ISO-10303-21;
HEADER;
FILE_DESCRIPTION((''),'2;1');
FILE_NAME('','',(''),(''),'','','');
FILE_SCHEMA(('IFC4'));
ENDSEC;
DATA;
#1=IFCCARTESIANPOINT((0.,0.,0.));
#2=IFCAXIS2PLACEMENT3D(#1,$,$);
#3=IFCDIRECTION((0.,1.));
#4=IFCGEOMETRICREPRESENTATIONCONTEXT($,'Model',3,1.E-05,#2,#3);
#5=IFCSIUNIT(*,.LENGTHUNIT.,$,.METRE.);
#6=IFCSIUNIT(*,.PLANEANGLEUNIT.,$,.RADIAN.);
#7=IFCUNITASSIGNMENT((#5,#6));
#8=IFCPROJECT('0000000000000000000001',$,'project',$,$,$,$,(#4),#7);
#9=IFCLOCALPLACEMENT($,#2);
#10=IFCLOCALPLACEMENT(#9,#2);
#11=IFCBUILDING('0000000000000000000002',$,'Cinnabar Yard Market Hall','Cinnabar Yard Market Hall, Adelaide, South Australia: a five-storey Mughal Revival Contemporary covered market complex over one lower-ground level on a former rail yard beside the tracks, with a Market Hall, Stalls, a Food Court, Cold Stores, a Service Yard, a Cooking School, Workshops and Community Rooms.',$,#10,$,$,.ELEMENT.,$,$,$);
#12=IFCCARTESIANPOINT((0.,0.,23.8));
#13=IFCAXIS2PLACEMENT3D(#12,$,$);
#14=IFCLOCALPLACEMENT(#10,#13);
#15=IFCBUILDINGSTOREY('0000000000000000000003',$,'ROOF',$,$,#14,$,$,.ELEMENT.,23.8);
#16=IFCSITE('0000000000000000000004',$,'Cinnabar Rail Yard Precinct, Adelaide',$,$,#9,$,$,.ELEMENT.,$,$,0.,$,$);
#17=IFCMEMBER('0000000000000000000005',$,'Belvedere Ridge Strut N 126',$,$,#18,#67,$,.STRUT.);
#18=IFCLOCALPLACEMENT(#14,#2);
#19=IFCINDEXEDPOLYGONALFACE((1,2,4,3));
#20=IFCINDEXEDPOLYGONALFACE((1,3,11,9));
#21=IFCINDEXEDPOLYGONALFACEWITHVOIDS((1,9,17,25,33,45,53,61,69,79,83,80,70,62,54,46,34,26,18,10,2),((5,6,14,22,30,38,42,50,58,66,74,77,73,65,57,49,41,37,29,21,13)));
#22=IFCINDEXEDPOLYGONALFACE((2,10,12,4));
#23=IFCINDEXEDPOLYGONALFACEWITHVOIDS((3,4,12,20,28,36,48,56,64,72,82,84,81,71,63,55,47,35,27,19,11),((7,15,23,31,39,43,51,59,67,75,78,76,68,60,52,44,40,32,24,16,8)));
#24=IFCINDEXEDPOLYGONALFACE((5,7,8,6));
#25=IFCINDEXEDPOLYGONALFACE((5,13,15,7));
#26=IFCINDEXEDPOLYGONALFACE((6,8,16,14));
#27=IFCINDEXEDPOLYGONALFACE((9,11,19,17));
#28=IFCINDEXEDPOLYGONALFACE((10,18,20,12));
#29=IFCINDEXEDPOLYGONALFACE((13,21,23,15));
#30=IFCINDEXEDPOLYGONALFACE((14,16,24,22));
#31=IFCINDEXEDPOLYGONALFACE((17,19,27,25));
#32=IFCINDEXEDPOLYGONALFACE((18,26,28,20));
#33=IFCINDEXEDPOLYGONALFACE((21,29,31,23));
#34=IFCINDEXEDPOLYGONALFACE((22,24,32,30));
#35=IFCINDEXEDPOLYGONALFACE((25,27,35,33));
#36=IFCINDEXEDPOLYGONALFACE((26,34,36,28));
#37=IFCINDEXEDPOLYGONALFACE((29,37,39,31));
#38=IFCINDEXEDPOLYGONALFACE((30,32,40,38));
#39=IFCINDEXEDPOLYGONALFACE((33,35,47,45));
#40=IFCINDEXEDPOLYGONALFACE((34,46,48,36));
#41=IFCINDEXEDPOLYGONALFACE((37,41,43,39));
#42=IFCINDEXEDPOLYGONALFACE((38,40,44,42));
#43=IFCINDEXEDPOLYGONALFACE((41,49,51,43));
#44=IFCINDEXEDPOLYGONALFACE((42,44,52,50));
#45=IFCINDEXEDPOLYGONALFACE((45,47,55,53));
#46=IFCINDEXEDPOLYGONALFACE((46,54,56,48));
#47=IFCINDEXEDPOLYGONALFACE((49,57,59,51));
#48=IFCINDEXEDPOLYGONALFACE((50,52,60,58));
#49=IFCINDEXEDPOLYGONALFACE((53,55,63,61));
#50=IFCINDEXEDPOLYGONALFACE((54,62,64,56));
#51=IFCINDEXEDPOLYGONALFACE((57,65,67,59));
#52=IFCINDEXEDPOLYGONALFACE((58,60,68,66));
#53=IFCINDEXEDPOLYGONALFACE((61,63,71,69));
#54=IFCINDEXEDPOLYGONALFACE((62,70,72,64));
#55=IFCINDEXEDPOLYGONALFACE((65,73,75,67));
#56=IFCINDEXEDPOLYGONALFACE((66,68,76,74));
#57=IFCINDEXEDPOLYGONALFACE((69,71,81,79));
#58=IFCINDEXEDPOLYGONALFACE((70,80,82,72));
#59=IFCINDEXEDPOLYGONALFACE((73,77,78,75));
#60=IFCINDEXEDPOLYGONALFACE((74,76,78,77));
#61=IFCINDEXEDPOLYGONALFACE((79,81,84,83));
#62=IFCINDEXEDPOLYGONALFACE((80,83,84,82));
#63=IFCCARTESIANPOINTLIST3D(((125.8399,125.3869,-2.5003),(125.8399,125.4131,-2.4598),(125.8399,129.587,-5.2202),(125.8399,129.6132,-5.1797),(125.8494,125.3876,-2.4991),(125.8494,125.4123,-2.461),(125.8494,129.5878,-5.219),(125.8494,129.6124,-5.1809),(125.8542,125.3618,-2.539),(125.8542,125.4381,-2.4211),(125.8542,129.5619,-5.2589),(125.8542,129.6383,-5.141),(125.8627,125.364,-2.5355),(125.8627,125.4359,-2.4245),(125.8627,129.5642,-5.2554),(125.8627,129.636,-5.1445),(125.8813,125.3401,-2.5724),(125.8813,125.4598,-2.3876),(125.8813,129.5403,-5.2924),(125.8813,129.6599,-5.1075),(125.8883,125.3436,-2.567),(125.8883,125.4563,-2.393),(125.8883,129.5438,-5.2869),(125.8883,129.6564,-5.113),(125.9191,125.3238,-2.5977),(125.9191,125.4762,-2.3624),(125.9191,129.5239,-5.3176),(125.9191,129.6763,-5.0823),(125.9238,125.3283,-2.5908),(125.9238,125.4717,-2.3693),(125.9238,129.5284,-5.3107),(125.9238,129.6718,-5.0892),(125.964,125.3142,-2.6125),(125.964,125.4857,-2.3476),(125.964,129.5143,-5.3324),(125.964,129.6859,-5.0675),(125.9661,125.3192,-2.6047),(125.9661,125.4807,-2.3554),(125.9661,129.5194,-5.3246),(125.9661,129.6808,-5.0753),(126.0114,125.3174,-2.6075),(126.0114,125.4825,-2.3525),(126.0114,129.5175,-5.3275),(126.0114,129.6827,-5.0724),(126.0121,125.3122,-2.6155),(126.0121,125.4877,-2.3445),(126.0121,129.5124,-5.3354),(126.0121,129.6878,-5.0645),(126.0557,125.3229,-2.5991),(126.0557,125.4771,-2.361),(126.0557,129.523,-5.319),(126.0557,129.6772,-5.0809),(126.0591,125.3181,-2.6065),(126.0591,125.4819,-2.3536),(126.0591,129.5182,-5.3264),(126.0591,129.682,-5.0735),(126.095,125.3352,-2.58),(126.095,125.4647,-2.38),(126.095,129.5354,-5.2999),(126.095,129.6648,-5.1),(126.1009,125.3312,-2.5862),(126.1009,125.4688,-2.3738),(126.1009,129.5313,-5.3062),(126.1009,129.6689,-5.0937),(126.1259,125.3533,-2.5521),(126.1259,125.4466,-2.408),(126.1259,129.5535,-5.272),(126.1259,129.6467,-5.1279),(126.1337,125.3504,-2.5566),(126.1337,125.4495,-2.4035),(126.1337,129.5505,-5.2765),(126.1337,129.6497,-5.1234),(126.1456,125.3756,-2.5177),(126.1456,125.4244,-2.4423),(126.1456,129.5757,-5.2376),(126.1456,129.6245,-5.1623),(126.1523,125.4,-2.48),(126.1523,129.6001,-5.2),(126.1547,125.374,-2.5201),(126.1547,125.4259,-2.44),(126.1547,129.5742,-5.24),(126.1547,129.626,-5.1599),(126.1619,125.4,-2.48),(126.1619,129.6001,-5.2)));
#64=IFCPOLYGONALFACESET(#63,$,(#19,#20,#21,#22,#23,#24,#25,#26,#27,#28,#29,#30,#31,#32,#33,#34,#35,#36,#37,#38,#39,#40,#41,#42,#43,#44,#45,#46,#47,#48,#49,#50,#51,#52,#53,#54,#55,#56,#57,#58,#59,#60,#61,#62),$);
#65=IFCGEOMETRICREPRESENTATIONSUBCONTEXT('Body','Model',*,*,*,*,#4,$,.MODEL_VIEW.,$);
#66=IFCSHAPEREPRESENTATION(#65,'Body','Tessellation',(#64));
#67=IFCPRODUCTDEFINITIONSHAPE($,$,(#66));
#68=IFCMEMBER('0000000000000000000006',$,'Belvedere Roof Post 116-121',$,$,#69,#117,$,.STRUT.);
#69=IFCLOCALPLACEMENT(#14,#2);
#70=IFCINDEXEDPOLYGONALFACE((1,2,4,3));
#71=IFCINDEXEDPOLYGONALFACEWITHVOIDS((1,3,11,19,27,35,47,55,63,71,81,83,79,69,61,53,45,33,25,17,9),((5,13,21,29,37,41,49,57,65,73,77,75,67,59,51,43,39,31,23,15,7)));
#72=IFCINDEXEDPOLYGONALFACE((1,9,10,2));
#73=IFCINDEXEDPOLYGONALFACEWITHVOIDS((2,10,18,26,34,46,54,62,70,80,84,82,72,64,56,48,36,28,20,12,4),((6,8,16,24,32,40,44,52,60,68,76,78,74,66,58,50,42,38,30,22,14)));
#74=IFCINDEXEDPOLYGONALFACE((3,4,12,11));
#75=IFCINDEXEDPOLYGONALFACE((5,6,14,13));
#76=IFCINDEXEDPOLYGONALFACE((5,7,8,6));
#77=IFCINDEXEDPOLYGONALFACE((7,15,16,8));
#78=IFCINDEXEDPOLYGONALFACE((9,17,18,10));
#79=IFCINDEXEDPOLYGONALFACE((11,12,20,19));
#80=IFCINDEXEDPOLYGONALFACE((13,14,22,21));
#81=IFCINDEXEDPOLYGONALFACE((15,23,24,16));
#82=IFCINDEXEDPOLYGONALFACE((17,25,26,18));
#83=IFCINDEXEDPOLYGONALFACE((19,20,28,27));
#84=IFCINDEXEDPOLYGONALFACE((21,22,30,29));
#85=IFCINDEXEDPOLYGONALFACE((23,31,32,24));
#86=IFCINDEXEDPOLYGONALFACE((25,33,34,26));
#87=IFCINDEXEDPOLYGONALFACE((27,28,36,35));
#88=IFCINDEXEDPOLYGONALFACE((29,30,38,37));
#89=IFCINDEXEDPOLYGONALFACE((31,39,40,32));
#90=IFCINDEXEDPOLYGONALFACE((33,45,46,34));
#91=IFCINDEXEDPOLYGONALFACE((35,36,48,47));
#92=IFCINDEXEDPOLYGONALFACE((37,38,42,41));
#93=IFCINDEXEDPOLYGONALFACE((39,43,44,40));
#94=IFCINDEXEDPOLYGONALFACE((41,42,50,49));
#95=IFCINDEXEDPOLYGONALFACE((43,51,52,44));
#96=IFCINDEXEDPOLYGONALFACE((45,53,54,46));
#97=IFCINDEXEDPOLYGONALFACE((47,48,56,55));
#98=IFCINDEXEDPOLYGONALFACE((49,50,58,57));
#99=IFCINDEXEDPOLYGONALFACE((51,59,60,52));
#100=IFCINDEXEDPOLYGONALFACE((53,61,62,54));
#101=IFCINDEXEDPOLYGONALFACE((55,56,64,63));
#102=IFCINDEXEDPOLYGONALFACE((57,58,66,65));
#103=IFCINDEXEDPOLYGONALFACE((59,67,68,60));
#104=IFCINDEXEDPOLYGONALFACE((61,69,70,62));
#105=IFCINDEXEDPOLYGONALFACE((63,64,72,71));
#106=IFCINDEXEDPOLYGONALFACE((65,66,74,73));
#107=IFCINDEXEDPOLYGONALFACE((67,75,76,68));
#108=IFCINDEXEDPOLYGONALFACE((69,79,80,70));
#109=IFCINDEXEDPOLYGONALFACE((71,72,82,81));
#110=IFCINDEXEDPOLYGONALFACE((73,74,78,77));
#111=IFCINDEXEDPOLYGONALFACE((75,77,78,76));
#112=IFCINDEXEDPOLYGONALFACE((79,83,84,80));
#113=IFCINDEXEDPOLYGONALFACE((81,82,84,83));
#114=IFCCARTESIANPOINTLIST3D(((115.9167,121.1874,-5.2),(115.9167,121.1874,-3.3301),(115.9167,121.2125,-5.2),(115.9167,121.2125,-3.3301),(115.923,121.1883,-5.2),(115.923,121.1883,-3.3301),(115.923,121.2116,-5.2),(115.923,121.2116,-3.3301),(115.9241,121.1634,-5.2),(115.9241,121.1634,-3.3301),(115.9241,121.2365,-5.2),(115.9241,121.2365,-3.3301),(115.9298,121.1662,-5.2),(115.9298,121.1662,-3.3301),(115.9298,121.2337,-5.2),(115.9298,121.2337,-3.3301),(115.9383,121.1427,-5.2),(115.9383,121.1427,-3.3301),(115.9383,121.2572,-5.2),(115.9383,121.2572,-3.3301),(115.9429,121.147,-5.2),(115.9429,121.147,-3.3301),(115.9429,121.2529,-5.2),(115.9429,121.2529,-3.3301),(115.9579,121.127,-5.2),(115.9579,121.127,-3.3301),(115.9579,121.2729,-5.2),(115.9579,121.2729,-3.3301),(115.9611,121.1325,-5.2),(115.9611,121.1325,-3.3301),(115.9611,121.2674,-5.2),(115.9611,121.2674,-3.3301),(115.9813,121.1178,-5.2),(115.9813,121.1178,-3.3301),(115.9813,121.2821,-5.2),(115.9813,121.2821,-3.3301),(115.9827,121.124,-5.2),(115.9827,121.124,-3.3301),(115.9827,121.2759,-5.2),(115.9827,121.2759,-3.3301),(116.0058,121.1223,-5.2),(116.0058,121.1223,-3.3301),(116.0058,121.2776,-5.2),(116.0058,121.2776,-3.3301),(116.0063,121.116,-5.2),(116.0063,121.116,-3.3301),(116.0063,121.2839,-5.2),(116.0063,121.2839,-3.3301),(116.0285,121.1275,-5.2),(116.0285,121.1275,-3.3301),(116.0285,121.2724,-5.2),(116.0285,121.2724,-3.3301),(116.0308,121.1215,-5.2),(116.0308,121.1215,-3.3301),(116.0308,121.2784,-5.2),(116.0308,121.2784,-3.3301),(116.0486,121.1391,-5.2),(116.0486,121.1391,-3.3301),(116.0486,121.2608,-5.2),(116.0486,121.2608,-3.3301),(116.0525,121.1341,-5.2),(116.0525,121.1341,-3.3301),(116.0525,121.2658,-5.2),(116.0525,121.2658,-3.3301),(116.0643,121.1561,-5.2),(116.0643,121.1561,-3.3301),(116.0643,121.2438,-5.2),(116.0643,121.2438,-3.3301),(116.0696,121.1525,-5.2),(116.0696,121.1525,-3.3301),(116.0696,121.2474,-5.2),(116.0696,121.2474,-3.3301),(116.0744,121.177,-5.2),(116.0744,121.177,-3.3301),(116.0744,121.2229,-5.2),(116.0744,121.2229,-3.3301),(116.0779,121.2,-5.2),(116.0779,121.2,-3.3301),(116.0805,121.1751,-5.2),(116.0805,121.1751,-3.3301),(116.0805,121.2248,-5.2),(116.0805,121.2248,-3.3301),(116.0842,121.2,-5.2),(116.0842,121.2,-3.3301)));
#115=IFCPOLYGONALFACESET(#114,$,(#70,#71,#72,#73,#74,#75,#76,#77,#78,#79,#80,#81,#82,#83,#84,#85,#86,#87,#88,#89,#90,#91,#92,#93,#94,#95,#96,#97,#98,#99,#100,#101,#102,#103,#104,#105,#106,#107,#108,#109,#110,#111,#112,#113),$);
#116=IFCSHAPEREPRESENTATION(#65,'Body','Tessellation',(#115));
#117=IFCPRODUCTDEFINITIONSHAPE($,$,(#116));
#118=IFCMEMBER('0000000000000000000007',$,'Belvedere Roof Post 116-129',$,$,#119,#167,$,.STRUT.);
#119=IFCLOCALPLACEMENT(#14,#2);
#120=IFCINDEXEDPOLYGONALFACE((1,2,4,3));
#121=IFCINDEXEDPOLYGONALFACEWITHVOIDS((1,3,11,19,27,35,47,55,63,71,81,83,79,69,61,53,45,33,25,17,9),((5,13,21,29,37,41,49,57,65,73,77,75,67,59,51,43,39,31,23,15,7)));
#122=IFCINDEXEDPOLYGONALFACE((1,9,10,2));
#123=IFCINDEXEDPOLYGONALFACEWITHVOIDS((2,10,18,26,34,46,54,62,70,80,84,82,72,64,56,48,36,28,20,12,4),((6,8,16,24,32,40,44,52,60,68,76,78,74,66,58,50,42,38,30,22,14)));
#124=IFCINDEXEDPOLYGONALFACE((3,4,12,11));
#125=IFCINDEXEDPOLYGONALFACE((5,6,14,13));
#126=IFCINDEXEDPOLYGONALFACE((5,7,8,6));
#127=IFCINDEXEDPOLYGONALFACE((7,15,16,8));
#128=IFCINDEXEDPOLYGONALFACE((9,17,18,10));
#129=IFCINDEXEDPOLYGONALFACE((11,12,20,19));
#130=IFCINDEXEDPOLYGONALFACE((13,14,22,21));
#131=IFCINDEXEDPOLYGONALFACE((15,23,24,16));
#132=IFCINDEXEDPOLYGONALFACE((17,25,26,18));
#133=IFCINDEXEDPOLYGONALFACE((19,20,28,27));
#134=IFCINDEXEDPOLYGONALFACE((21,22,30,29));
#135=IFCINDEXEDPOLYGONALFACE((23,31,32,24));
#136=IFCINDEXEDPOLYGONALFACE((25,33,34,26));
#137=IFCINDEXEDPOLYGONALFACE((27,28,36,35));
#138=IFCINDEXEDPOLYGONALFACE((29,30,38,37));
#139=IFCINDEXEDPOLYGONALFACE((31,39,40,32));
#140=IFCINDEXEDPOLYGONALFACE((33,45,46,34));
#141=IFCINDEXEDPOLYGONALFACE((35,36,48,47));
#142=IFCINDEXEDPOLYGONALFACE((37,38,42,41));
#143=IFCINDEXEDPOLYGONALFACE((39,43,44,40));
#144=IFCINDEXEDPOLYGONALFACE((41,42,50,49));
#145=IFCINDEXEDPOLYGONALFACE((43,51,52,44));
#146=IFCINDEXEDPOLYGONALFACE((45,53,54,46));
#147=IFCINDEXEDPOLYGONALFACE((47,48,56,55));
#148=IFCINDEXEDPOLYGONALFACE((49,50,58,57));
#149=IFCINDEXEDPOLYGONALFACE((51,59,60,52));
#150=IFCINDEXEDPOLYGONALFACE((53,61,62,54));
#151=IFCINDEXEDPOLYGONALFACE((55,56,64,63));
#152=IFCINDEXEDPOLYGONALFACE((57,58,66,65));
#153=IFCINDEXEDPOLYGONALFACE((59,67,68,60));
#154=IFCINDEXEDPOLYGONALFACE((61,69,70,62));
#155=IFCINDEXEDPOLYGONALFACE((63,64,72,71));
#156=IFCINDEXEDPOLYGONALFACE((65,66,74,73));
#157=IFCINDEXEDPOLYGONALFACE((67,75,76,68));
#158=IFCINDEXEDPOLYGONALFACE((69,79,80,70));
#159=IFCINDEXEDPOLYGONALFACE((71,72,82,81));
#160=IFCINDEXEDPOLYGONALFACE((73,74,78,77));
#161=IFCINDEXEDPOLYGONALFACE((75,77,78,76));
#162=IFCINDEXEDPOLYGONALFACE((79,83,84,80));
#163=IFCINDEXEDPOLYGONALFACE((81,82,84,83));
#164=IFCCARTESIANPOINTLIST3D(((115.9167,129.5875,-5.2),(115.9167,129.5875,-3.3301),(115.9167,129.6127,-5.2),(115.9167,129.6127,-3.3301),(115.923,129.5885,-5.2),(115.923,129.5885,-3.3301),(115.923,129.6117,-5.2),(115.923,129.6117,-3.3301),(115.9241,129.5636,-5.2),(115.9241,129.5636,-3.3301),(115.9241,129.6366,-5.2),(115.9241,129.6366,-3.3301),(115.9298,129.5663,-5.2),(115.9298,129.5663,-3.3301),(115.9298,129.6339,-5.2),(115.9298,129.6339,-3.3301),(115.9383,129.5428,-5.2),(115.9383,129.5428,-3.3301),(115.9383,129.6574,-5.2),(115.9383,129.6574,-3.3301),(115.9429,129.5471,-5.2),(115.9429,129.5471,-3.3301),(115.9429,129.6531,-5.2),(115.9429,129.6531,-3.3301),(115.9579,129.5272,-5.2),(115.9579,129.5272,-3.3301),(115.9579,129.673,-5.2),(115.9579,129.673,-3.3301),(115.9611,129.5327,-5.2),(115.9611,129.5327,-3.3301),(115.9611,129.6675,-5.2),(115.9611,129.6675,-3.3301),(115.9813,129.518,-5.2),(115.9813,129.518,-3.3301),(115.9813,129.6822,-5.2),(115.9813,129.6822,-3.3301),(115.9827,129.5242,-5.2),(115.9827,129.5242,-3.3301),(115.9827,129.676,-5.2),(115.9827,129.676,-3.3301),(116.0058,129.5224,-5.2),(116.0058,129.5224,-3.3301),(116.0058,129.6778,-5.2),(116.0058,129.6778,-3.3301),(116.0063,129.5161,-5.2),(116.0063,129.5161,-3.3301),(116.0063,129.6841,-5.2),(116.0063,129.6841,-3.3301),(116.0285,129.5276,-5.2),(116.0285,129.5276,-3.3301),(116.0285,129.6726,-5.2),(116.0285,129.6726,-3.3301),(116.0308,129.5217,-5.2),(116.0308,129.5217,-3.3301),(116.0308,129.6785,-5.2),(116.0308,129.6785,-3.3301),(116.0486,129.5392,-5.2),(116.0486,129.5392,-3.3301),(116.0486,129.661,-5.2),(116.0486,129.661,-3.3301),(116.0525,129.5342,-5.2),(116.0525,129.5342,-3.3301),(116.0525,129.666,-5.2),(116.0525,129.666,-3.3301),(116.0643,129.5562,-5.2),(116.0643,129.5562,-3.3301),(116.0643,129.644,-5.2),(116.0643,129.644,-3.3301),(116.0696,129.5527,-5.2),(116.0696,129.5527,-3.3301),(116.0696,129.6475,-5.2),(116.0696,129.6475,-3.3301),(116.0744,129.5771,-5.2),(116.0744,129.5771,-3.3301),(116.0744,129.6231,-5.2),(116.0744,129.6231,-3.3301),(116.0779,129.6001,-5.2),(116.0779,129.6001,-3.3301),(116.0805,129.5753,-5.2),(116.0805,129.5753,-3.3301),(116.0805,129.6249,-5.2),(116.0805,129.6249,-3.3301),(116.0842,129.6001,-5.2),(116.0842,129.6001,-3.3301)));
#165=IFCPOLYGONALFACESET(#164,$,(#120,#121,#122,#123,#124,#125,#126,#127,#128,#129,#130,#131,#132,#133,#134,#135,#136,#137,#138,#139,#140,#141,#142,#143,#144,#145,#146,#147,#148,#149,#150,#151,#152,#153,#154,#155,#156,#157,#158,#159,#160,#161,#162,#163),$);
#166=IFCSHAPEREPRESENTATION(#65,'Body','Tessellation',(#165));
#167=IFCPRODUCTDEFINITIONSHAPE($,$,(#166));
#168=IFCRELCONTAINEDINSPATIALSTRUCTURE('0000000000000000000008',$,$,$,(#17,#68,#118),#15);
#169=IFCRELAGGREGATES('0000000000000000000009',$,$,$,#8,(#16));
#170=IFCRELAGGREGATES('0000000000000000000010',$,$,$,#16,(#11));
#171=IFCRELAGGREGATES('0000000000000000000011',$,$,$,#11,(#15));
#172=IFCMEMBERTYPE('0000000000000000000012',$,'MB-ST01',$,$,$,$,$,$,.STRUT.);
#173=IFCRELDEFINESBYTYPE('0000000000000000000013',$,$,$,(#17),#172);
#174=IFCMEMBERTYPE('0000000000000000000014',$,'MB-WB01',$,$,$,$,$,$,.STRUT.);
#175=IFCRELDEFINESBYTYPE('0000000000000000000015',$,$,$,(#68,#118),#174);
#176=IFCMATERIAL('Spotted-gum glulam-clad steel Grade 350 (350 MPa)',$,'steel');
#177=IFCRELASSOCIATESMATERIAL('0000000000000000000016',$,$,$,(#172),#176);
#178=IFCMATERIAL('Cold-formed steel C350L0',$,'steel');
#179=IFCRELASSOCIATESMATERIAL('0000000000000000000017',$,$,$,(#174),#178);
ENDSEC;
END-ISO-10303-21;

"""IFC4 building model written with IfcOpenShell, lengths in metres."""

from ifc_helpers import new_model, si_unit, direction, frame, origin, origin_2d_with_axis, place, context, subcontext, project, spatial, hollow_circle, extrude, material, material_profile, profile_set, type_object, element, save


model = new_model("IFC4")

# Units and contexts
model_context = context("Model", 3, precision=1e-05, world=origin(), true_north=direction((0.0, 1.0)))
body_context = subcontext(model_context, "Body", "Model", "MODEL_VIEW")
ifc_project = project(units=[si_unit("LENGTHUNIT", "METRE"), si_unit("PLANEANGLEUNIT", "RADIAN")], contexts=[model_context])

# Site, building, storey
site_placement = place(None, origin())
site = spatial("IfcSite", under=ifc_project, at=site_placement, Name="Cinnabar Rail Yard Precinct, Adelaide", CompositionType="ELEMENT", RefElevation=0.0)
building_placement = place(site_placement, origin())
building = spatial("IfcBuilding", under=site, at=building_placement, Name="Cinnabar Yard Market Hall", Description="Cinnabar Yard Market Hall, Adelaide, South Australia: a five-storey Mughal Revival Contemporary covered market complex over one lower-ground level on a former rail yard beside the tracks, with a Market Hall, Stalls, a Food Court, Cold Stores, a Service Yard, a Cooking School, Workshops and Community Rooms.", CompositionType="ELEMENT")
storey_placement = place(building_placement, frame((0.0, 0.0, 23.8)))
storey = spatial("IfcBuildingStorey", under=building, at=storey_placement, Name="ROOF", CompositionType="ELEMENT", Elevation=23.8)

# Shared definitions
ifc_material_1 = material(Name="Cold-formed steel C350L0", Category="steel")

# Members
ifc_material_2 = material(Name="Spotted-gum glulam-clad steel Grade 350 (350 MPa)", Category="steel")
ifc_material_profile_1 = material_profile(ifc_material_2, hollow_circle(Radius=0.1619, WallThickness=0.0095, at=origin_2d_with_axis()), Name="323.9x9.5CHS")
ifc_profile_set_1 = profile_set([ifc_material_profile_1], Name="Spotted-gum glulam-clad steel Grade 350 (350 MPa)")
member_type_1 = type_object("IfcMemberType", Name="MB-ST01", PredefinedType="STRUT", material=ifc_profile_set_1)
member_1_placement = place(storey_placement, frame((126.0, 129.6001, -5.2), z_axis=(0.0, -0.83937, 0.543561), x_axis=(1.0, 0.0, 0.0)))
element("IfcMember", 1, at=member_1_placement, inside=storey, type_object=member_type_1, Name="Belvedere Ridge Strut N 126", PredefinedType="STRUT", context=body_context, shape_type="SweptSolid", body=[
    extrude(hollow_circle(Radius=0.1619, WallThickness=0.0095, at=origin_2d_with_axis()), origin(), (0.0, 0.0, 1.0), 5.0039),
])
ifc_material_profile_2 = material_profile(ifc_material_1, hollow_circle(Radius=0.0842, WallThickness=0.0063, at=origin_2d_with_axis()), Name="168.3x6.4CHS")
ifc_profile_set_2 = profile_set([ifc_material_profile_2], Name="Cold-formed steel C350L0")
member_type_2 = type_object("IfcMemberType", Name="MB-WB01", PredefinedType="STRUT", material=ifc_profile_set_2)
for number, where, z_axis, x_axis, name in (
    (2, (116.0, 121.2, -5.2), (0.0, 0.0, 1.0), (1.0, 0.0, 0.0), "Belvedere Roof Post 116-121"),
    (3, (116.0, 129.6001, -5.2), (0.0, 0.0, 1.0), (1.0, 0.0, 0.0), "Belvedere Roof Post 116-129"),
):
    element("IfcMember", number, at=place(storey_placement, frame(where, z_axis=z_axis, x_axis=x_axis)), inside=storey, type_object=member_type_2, Name=name, PredefinedType="STRUT", context=body_context, shape_type="SweptSolid", body=[
        extrude(hollow_circle(Radius=0.0842, WallThickness=0.0063, at=origin_2d_with_axis()), origin(), (0.0, 0.0, 1.0), 1.8699),
    ])

save(model, "model.ifc")
